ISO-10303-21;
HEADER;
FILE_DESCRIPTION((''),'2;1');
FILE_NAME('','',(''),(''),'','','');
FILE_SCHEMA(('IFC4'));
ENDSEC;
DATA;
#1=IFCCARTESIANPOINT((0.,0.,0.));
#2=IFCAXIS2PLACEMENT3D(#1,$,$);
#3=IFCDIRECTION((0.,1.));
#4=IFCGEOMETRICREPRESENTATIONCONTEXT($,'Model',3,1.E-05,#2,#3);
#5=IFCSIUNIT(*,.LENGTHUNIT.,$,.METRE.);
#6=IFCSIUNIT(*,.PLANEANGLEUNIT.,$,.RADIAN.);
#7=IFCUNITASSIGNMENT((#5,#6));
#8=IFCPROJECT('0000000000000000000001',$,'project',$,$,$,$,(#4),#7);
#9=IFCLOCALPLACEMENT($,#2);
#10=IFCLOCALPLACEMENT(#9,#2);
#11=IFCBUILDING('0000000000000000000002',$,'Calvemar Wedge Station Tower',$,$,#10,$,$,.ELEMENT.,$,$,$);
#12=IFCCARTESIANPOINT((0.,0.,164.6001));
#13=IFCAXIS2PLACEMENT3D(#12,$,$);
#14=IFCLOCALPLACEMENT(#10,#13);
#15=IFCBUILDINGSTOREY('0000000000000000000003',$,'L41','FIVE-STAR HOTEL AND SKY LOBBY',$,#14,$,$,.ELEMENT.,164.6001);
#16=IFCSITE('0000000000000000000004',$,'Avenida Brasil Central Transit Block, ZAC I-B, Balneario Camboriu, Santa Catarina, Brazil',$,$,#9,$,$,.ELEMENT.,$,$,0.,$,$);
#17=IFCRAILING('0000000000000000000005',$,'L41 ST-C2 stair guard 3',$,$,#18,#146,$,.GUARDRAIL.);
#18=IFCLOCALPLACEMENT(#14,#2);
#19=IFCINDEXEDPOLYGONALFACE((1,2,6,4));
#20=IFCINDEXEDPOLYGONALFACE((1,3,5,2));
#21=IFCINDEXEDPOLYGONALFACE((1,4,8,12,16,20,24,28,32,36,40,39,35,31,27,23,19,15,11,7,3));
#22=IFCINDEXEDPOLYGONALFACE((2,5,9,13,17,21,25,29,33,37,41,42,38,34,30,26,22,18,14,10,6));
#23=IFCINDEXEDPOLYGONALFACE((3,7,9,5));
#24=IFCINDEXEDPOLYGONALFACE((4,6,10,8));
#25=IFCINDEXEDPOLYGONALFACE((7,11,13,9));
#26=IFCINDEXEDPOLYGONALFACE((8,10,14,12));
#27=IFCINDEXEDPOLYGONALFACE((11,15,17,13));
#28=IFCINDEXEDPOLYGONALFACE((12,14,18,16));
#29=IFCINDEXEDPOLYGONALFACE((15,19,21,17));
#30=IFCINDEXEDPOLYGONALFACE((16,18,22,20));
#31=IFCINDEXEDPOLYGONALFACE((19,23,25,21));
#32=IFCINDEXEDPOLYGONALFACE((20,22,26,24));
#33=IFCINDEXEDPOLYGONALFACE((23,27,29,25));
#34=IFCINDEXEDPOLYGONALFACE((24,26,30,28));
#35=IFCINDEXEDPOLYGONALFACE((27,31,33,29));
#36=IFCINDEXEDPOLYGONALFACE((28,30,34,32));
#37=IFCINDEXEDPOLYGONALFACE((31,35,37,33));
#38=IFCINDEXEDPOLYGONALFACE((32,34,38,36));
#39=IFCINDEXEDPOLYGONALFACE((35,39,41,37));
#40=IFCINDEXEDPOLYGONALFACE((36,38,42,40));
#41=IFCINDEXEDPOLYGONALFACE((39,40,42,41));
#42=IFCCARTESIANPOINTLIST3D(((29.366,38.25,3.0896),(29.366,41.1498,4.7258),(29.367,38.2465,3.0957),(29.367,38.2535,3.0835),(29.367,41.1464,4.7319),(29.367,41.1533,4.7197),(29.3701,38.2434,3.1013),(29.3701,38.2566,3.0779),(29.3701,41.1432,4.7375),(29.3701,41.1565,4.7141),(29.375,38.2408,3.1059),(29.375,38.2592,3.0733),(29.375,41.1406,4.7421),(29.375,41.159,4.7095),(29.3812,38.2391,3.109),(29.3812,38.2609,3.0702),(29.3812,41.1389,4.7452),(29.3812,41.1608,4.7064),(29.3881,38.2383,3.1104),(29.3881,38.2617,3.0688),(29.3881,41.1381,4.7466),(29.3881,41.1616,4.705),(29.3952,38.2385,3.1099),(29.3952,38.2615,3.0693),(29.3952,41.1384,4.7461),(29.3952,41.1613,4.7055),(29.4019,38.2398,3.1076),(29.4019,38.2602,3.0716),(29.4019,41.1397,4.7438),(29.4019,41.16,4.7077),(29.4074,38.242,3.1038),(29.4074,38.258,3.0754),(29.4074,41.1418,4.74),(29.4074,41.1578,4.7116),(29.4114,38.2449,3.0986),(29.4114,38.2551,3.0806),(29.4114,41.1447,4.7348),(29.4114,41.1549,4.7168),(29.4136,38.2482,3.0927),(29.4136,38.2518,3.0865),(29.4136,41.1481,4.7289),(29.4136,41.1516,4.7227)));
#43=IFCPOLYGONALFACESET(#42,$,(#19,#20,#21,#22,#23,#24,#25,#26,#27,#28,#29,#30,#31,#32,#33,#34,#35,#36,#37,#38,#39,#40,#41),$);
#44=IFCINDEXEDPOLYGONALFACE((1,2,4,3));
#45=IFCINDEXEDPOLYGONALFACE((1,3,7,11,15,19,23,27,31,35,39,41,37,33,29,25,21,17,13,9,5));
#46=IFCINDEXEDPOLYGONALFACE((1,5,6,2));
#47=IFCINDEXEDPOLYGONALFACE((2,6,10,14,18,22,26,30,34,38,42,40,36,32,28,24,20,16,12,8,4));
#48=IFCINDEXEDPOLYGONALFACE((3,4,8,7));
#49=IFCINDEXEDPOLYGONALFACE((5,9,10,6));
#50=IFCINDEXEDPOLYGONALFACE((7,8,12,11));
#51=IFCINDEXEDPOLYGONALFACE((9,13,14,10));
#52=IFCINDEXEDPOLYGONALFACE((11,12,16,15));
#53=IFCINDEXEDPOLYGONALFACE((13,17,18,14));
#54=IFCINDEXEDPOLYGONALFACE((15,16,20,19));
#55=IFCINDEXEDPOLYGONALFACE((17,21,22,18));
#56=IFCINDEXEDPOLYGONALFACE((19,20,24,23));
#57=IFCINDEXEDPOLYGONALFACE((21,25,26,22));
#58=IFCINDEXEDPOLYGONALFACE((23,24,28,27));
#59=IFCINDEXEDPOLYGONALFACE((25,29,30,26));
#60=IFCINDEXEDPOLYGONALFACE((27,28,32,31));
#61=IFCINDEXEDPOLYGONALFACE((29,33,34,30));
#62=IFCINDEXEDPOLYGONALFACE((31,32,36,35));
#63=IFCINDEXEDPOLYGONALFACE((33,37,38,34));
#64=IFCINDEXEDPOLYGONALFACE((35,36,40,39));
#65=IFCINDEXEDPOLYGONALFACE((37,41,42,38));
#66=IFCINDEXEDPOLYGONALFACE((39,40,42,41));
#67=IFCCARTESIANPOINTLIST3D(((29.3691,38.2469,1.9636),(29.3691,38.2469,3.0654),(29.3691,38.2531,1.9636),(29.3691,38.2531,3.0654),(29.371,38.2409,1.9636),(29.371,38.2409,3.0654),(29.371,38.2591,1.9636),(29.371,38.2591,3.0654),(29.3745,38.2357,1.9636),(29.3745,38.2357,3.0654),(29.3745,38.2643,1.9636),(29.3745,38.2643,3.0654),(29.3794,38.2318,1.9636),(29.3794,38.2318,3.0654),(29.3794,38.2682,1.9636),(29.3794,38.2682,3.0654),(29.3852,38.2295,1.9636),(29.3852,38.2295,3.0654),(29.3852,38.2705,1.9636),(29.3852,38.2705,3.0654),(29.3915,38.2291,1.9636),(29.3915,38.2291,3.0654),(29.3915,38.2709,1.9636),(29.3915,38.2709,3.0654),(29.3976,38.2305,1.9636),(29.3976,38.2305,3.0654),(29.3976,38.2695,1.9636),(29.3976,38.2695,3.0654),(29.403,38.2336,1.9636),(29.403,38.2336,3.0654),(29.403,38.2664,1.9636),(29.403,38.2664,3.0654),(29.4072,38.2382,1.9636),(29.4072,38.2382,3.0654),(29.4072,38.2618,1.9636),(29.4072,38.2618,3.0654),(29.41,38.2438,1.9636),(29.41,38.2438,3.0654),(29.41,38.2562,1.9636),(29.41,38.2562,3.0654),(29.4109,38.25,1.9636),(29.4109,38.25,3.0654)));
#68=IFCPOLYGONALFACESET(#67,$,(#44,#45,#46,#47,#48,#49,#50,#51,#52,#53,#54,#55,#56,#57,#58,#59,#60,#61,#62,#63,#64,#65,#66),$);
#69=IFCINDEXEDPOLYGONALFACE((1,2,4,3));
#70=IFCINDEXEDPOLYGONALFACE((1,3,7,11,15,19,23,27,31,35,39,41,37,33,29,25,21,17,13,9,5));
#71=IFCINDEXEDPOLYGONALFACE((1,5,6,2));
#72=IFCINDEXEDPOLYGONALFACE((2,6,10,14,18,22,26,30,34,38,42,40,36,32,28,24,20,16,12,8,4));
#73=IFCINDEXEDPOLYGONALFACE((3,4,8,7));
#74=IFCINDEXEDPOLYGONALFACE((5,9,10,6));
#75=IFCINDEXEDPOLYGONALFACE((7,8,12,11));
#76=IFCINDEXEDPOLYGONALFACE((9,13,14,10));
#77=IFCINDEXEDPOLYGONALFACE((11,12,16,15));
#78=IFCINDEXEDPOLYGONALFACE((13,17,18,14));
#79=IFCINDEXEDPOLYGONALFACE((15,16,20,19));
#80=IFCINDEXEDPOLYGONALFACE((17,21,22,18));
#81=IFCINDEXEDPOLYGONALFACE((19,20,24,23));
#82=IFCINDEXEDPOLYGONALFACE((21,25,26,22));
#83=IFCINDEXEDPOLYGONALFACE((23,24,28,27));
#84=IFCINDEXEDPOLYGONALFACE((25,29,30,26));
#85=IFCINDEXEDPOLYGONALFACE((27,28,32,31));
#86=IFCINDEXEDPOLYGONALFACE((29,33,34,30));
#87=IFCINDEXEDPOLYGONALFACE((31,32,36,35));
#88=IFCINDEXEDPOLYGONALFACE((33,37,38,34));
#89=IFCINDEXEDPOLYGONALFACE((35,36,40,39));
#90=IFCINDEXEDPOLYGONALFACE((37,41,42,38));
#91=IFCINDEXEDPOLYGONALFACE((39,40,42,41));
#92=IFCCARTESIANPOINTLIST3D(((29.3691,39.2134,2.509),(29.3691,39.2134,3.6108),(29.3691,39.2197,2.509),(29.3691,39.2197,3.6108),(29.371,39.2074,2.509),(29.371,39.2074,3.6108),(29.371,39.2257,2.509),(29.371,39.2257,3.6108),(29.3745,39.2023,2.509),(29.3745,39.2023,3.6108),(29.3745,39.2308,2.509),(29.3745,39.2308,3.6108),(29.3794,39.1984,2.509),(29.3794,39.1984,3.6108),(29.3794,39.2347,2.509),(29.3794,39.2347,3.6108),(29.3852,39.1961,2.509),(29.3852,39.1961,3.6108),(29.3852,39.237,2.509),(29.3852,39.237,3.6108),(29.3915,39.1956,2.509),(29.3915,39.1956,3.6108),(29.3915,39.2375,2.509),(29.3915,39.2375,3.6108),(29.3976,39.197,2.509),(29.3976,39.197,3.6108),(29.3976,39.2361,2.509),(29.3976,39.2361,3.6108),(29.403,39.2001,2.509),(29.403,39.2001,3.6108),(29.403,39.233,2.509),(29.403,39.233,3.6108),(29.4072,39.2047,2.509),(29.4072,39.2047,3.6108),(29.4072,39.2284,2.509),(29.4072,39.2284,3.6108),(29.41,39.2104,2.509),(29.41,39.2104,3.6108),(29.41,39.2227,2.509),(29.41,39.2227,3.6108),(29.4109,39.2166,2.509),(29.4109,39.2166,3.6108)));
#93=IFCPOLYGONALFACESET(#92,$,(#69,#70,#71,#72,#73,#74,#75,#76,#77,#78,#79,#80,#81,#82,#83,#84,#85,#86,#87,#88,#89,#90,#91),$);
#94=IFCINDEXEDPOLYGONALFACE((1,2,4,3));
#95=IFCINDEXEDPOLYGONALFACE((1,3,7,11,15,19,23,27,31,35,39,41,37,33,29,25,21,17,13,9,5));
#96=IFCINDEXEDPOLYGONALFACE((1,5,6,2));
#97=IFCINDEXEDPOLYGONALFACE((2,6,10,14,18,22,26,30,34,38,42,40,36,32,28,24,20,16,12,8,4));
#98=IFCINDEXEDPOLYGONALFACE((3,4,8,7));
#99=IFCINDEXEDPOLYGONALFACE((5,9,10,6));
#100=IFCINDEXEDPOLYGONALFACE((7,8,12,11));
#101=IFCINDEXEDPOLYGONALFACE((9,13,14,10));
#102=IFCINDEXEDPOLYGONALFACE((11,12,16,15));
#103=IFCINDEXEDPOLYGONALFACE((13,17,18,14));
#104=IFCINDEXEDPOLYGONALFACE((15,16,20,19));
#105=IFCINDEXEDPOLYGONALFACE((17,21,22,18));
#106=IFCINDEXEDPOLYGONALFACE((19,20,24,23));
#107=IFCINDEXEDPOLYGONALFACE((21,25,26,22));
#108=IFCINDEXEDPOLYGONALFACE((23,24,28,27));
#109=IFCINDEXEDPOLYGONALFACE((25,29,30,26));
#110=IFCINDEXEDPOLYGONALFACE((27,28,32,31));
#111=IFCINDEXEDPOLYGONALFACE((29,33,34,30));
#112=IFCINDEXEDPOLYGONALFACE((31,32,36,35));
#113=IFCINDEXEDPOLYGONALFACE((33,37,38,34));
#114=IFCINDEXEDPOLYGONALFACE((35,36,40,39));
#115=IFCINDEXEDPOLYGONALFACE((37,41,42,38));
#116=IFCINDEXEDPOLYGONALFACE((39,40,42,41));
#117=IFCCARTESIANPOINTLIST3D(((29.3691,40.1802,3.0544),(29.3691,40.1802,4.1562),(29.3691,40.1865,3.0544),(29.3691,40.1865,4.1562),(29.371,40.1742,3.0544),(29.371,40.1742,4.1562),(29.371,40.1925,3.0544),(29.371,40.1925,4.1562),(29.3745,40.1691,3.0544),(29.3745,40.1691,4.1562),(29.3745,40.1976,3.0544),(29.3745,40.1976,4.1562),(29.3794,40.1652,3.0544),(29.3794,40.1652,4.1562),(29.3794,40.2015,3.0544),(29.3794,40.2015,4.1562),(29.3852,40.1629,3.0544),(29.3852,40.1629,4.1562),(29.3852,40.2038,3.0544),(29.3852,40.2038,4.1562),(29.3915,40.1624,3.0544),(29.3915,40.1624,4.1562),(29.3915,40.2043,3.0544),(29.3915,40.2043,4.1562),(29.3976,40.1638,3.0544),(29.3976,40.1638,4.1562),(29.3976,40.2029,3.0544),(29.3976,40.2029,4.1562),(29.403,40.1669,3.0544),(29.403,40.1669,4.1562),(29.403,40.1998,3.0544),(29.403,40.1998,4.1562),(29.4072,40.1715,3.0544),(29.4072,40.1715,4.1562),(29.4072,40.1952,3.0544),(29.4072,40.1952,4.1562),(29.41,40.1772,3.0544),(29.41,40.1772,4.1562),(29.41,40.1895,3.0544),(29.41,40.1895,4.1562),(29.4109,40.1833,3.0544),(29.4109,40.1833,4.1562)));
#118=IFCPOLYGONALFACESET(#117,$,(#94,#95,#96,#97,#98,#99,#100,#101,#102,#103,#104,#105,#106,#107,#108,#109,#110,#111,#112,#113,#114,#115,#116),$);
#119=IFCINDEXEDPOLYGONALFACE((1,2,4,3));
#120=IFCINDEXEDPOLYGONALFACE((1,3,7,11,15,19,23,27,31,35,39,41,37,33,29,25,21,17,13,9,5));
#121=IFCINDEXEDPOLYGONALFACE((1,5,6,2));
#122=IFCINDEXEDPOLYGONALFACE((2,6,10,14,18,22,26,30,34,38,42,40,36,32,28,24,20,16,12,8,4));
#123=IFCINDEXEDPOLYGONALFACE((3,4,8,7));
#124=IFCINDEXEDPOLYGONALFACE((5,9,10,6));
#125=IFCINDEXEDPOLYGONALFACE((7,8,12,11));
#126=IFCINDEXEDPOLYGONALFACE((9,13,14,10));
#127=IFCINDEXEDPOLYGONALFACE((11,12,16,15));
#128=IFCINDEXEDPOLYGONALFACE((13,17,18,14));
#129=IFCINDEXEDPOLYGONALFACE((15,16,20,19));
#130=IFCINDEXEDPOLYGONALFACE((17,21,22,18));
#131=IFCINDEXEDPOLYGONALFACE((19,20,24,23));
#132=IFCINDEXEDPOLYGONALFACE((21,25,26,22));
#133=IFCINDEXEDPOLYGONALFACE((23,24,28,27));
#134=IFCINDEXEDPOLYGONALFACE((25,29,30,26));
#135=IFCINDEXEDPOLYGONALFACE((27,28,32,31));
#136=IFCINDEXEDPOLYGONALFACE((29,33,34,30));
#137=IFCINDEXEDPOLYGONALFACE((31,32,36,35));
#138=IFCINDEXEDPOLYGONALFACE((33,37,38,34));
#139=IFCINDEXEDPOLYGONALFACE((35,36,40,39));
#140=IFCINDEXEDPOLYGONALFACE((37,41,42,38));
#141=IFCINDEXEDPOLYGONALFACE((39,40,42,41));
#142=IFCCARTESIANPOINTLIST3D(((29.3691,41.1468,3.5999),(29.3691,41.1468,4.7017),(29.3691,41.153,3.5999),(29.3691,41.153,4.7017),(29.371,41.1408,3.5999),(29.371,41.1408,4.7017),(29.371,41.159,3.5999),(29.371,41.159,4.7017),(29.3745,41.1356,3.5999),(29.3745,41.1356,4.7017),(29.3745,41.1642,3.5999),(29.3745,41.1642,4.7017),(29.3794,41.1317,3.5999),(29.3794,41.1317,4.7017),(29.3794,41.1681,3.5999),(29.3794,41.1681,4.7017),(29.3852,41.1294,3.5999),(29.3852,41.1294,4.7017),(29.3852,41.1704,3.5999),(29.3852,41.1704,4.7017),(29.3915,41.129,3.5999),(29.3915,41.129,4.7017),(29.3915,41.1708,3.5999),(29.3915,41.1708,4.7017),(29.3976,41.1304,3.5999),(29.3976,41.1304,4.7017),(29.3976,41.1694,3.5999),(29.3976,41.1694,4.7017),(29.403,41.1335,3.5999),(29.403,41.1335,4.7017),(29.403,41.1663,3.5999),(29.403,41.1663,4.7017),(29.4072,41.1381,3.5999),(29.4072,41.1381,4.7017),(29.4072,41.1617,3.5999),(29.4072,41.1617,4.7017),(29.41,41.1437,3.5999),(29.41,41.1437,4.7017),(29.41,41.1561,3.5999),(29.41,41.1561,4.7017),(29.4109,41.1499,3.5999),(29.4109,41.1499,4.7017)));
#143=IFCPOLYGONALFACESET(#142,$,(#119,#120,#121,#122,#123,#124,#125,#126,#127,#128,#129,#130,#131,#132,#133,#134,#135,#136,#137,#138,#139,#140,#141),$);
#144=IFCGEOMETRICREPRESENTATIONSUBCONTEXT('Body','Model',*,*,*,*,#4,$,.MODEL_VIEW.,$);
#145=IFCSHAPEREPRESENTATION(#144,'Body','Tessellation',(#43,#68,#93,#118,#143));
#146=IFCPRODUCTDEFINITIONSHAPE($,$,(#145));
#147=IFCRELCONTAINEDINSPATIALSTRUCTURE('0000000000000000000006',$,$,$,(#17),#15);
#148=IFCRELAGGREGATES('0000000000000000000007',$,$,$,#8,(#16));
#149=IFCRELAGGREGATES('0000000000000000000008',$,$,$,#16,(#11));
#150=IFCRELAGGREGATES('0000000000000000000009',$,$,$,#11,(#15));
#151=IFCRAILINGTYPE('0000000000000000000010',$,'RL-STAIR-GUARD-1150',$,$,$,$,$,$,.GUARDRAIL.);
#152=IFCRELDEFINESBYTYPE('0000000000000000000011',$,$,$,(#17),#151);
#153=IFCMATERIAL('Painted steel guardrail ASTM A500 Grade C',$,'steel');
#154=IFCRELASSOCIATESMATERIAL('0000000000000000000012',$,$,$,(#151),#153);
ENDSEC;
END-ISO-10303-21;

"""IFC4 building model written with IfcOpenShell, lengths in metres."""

from ifc_helpers import new_model, si_unit, direction, frame, origin, origin_2d, place, context, subcontext, project, spatial, circle, extrude, material, type_object, element, save


model = new_model("IFC4")

# Units and contexts
model_context = context("Model", 3, precision=1e-05, world=origin(), true_north=direction((0.0, 1.0)))
body_context = subcontext(model_context, "Body", "Model", "MODEL_VIEW")
ifc_project = project(units=[si_unit("LENGTHUNIT", "METRE"), si_unit("PLANEANGLEUNIT", "RADIAN")], contexts=[model_context])

# Site, building, storey
site_placement = place(None, origin())
site = spatial("IfcSite", under=ifc_project, at=site_placement, Name="Avenida Brasil Central Transit Block, ZAC I-B, Balneario Camboriu, Santa Catarina, Brazil", CompositionType="ELEMENT", RefElevation=0.0)
building_placement = place(site_placement, origin())
building = spatial("IfcBuilding", under=site, at=building_placement, Name="Calvemar Wedge Station Tower", CompositionType="ELEMENT")
storey_placement = place(building_placement, frame((0.0, 0.0, 164.6001)))
storey = spatial("IfcBuildingStorey", under=building, at=storey_placement, Name="L41", Description="FIVE-STAR HOTEL AND SKY LOBBY", CompositionType="ELEMENT", Elevation=164.6001)

# Railing
ifc_material_1 = material(Name="Painted steel guardrail ASTM A500 Grade C", Category="steel")
railing_type_1 = type_object("IfcRailingType", Name="RL-STAIR-GUARD-1150", PredefinedType="GUARDRAIL", material=ifc_material_1)
railing_1_placement = place(storey_placement, frame((29.3899, 38.25, 1.9636)))
element("IfcRailing", 1, at=railing_1_placement, inside=storey, type_object=railing_type_1, Name="L41 ST-C2 stair guard 3", PredefinedType="GUARDRAIL", context=body_context, shape_type="SweptSolid", body=[
    extrude(circle(Radius=0.0239, at=origin_2d()), frame((0.0, 0.0, 1.126), z_axis=(0.0, 0.870929, 0.49141), x_axis=(-1.0, 0.0, 0.0)), (0.0, 0.0, 1.0), 3.3296),
    extrude(circle(Radius=0.021, at=origin_2d()), origin(), (0.0, 0.0, 1.0), 1.1018),
    extrude(circle(Radius=0.021, at=origin_2d()), frame((0.0, 0.9666, 0.5454)), (0.0, 0.0, 1.0), 1.1018),
    extrude(circle(Radius=0.021, at=origin_2d()), frame((0.0, 1.9333, 1.0908)), (0.0, 0.0, 1.0), 1.1018),
    extrude(circle(Radius=0.021, at=origin_2d()), frame((0.0, 2.8999, 1.6362)), (0.0, 0.0, 1.0), 1.1018),
])

save(model, "model.ifc")
